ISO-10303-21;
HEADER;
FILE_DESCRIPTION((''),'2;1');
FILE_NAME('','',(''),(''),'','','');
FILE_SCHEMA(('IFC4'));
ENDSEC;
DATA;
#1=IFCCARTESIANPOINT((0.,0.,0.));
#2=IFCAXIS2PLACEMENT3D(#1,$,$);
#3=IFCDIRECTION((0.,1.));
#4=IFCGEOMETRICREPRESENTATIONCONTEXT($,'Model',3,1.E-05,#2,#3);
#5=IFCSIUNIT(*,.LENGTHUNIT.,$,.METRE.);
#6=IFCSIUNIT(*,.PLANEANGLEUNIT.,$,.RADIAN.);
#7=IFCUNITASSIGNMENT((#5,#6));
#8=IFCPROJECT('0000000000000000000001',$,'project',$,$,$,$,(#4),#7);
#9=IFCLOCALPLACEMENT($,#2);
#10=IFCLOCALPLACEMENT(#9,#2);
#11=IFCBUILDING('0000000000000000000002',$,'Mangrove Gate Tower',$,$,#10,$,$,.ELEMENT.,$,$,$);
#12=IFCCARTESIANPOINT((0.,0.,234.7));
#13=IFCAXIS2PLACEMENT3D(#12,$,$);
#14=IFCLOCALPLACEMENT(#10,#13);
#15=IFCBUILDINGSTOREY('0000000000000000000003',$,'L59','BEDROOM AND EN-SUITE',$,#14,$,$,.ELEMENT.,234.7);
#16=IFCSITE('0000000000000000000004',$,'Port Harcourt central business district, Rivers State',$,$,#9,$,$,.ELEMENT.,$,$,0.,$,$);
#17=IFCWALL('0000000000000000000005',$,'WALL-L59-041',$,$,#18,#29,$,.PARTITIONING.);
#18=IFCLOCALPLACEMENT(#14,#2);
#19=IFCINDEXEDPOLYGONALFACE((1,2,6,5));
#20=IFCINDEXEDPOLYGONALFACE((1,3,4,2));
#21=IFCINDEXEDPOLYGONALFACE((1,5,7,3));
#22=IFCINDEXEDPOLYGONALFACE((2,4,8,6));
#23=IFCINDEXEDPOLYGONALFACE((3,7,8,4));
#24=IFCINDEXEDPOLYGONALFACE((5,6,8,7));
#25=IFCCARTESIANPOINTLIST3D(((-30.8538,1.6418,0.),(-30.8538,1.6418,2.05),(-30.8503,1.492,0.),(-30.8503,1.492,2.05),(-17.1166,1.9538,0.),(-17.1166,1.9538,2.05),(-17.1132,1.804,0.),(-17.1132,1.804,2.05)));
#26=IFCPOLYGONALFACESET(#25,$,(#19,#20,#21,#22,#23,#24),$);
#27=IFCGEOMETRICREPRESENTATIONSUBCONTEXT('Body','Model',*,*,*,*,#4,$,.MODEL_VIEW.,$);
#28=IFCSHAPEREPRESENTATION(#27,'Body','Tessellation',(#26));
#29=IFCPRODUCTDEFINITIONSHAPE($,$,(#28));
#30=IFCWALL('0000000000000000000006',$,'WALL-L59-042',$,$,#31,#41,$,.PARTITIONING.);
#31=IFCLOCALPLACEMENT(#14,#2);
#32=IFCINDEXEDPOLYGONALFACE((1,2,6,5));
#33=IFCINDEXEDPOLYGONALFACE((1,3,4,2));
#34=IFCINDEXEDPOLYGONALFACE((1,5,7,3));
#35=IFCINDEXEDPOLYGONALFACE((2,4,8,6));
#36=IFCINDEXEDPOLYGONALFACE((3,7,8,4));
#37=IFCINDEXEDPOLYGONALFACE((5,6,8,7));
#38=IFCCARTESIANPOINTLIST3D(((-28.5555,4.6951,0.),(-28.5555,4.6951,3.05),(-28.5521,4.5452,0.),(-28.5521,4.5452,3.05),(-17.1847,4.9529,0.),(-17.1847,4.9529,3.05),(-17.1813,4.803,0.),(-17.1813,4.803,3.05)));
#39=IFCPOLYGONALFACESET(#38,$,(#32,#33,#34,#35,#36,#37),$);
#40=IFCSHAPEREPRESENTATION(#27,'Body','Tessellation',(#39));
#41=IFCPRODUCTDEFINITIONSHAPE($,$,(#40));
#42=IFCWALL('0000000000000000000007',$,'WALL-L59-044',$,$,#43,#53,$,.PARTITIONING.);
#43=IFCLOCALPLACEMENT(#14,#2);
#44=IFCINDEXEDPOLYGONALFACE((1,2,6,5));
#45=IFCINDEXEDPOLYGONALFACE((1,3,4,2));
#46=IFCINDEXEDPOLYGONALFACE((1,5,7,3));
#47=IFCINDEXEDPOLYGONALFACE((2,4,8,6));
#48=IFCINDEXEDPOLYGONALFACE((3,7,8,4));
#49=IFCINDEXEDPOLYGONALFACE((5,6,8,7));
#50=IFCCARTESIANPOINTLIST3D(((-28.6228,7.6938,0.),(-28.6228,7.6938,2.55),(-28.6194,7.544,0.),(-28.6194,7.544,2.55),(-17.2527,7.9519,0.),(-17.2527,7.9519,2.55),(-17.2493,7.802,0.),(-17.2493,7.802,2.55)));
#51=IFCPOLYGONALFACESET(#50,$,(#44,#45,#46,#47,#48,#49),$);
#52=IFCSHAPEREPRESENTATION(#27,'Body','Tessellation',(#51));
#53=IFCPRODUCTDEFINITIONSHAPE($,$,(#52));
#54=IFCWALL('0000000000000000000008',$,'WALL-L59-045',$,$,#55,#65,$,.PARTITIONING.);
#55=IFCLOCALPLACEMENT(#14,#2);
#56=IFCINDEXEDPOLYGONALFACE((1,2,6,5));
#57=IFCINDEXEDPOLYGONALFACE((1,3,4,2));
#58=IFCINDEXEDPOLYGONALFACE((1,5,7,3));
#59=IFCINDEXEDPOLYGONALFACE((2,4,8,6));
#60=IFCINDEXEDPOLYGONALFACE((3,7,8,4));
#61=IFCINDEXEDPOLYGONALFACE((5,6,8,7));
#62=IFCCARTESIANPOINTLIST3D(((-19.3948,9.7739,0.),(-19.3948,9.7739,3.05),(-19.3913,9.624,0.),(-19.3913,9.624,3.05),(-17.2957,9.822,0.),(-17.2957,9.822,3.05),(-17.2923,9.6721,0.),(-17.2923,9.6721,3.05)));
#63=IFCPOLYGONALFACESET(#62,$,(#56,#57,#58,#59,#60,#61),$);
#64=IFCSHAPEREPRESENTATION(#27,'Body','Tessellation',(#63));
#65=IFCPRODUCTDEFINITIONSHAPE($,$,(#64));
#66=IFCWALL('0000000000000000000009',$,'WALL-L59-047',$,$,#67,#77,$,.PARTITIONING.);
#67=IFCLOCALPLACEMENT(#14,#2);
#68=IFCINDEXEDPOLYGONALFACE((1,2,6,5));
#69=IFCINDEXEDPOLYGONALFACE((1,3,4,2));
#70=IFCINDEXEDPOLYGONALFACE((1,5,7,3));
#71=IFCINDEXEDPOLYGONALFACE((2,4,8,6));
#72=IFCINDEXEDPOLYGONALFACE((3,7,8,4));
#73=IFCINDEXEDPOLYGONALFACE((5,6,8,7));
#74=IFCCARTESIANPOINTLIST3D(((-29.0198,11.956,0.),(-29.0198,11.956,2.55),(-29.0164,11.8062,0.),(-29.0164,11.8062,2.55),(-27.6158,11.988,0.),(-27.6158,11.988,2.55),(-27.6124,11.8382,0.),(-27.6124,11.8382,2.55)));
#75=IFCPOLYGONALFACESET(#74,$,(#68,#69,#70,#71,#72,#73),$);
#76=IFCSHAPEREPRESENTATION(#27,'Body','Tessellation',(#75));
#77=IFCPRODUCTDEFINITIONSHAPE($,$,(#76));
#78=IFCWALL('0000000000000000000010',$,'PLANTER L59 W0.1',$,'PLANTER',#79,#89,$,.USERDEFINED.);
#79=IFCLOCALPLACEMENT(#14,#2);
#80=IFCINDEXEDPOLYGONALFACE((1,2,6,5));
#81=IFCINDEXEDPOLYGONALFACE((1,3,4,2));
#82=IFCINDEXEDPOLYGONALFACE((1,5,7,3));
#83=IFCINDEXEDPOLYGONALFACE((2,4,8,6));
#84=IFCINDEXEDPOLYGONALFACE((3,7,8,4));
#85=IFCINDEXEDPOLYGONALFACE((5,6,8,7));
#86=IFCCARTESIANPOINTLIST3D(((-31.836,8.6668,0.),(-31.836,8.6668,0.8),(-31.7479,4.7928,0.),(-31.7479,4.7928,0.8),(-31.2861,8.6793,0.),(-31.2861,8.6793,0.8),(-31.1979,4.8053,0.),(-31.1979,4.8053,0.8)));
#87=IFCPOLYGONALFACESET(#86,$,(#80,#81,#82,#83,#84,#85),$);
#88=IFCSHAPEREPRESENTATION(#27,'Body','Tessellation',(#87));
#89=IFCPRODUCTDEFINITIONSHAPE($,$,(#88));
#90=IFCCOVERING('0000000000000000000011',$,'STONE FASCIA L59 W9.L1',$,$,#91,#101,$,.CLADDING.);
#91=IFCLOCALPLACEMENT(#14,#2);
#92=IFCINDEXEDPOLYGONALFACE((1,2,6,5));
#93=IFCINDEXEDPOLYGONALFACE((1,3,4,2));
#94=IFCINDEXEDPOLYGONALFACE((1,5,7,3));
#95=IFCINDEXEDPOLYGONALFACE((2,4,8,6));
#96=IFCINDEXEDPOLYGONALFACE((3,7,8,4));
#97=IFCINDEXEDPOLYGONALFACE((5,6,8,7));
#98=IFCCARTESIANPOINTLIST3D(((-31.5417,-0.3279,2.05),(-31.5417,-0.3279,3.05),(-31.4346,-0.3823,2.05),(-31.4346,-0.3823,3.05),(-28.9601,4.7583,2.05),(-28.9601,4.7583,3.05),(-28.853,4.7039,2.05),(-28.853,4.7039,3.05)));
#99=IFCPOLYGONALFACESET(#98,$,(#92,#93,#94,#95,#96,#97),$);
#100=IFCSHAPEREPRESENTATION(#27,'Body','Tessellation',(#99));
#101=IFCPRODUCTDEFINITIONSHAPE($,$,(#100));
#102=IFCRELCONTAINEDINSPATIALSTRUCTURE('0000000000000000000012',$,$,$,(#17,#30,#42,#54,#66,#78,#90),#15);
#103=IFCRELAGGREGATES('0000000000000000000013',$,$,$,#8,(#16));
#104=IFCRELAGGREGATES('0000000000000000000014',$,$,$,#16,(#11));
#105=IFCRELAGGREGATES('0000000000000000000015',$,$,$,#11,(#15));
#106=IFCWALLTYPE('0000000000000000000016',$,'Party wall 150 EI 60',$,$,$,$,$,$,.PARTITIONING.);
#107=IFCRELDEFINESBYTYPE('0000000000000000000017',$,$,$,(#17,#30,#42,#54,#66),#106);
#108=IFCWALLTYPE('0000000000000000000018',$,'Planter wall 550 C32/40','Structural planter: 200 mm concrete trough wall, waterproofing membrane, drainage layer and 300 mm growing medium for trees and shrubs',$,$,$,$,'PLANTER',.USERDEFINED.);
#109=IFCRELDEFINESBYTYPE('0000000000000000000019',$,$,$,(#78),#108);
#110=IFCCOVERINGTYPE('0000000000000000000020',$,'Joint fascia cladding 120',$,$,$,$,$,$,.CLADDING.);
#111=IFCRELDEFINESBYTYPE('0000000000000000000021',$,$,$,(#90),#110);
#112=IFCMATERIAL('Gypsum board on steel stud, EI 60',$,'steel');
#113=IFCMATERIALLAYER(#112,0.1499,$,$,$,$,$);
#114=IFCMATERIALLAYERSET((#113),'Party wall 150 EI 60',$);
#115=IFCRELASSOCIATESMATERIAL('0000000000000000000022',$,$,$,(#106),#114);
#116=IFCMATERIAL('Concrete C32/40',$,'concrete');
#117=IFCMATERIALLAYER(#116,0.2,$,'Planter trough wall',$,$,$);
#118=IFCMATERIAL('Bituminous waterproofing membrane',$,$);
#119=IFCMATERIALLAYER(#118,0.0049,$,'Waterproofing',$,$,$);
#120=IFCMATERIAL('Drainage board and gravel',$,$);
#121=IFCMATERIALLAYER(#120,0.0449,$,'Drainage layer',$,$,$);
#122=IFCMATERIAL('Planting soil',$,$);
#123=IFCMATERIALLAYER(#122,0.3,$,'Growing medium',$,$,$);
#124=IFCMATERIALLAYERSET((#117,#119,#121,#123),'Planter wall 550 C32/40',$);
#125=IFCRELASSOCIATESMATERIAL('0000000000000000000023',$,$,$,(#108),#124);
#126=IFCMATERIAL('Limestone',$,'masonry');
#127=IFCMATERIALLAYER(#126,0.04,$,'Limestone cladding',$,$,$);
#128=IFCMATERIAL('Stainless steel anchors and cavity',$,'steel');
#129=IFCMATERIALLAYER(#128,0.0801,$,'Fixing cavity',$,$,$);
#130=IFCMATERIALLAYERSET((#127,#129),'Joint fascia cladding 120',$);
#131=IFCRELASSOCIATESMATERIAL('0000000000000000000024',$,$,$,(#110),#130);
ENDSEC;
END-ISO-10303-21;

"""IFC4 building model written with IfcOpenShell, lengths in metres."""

from ifc_helpers import new_model, si_unit, direction, frame, frame_2d, origin, place, context, subcontext, project, spatial, rectangle, extrude, material, layer, layer_set, type_object, element, save


model = new_model("IFC4")

# Units and contexts
model_context = context("Model", 3, precision=1e-05, world=origin(), true_north=direction((0.0, 1.0)))
body_context = subcontext(model_context, "Body", "Model", "MODEL_VIEW")
ifc_project = project(units=[si_unit("LENGTHUNIT", "METRE"), si_unit("PLANEANGLEUNIT", "RADIAN")], contexts=[model_context])

# Site, building, storey
site_placement = place(None, origin())
site = spatial("IfcSite", under=ifc_project, at=site_placement, Name="Port Harcourt central business district, Rivers State", CompositionType="ELEMENT", RefElevation=0.0)
building_placement = place(site_placement, origin())
building = spatial("IfcBuilding", under=site, at=building_placement, Name="Mangrove Gate Tower", CompositionType="ELEMENT")
storey_placement = place(building_placement, frame((0.0, 0.0, 234.7)))
storey = spatial("IfcBuildingStorey", under=building, at=storey_placement, Name="L59", Description="BEDROOM AND EN-SUITE", CompositionType="ELEMENT", Elevation=234.7)

# Shared definitions
ifc_material_1 = material(Name="Limestone", Category="masonry")

# Walls
ifc_material_2 = material(Name="Gypsum board on steel stud, EI 60", Category="steel")
ifc_layer_1 = layer(ifc_material_2, 0.1499)
ifc_layer_set_1 = layer_set([ifc_layer_1], Name="Party wall 150 EI 60")
wall_type_1 = type_object("IfcWallType", Name="Party wall 150 EI 60", PredefinedType="PARTITIONING", material=ifc_layer_set_1)
wall_1_placement = place(storey_placement, frame((-30.8521, 1.5669, 0.0), z_axis=(0.0, 0.0, 1.0), x_axis=(0.999742, 0.022707, 0.0)))
element("IfcWall", 1, at=wall_1_placement, inside=storey, type_object=wall_type_1, Name="WALL-L59-041", PredefinedType="PARTITIONING", context=body_context, shape_type="SweptSolid", body=[
    extrude(rectangle(XDim=13.7407, YDim=0.1499, at=frame_2d((6.8704, 0.0))), origin(), (0.0, 0.0, 1.0), 2.05),
])
wall_2_placement = place(storey_placement, frame((-28.554, 4.6201, 0.0), z_axis=(0.0, 0.0, 1.0), x_axis=(0.999743, 0.022667, 0.0)))
element("IfcWall", 2, at=wall_2_placement, inside=storey, type_object=wall_type_1, Name="WALL-L59-042", PredefinedType="PARTITIONING", context=body_context, shape_type="SweptSolid", body=[
    extrude(rectangle(XDim=11.3738, YDim=0.1499, at=frame_2d((5.687, 0.0))), origin(), (0.0, 0.0, 1.0), 3.05),
])
wall_3_placement = place(storey_placement, frame((-28.6211, 7.6189, 0.0), z_axis=(0.0, 0.0, 1.0), x_axis=(0.999743, 0.02269, 0.0)))
element("IfcWall", 3, at=wall_3_placement, inside=storey, type_object=wall_type_1, Name="WALL-L59-044", PredefinedType="PARTITIONING", context=body_context, shape_type="SweptSolid", body=[
    extrude(rectangle(XDim=11.373, YDim=0.1499, at=frame_2d((5.6865, 0.0))), origin(), (0.0, 0.0, 1.0), 2.55),
])
wall_4_placement = place(storey_placement, frame((-19.3931, 9.699, 0.0), z_axis=(0.0, 0.0, 1.0), x_axis=(0.999738, 0.022906, 0.0)))
element("IfcWall", 4, at=wall_4_placement, inside=storey, type_object=wall_type_1, Name="WALL-L59-045", PredefinedType="PARTITIONING", context=body_context, shape_type="SweptSolid", body=[
    extrude(rectangle(XDim=2.0996, YDim=0.1499, at=frame_2d((1.0498, 0.0))), origin(), (0.0, 0.0, 1.0), 3.05),
])
wall_5_placement = place(storey_placement, frame((-29.0181, 11.8811, 0.0), z_axis=(0.0, 0.0, 1.0), x_axis=(0.999741, 0.022773, 0.0)))
element("IfcWall", 5, at=wall_5_placement, inside=storey, type_object=wall_type_1, Name="WALL-L59-047", PredefinedType="PARTITIONING", context=body_context, shape_type="SweptSolid", body=[
    extrude(rectangle(XDim=1.4043, YDim=0.1499, at=frame_2d((0.7021, 0.0))), origin(), (0.0, 0.0, 1.0), 2.55),
])
ifc_material_3 = material(Name="Concrete C32/40", Category="concrete")
ifc_layer_2 = layer(ifc_material_3, 0.2, Name="Planter trough wall")
ifc_material_4 = material(Name="Bituminous waterproofing membrane")
ifc_layer_3 = layer(ifc_material_4, 0.0049, Name="Waterproofing")
ifc_material_5 = material(Name="Drainage board and gravel")
ifc_layer_4 = layer(ifc_material_5, 0.0449, Name="Drainage layer")
ifc_material_6 = material(Name="Planting soil")
ifc_layer_5 = layer(ifc_material_6, 0.3, Name="Growing medium")
ifc_layer_set_2 = layer_set([ifc_layer_2, ifc_layer_3, ifc_layer_4, ifc_layer_5], Name="Planter wall 550 C32/40")
wall_type_2 = type_object("IfcWallType", Name="Planter wall 550 C32/40", Description="Structural planter: 200 mm concrete trough wall, waterproofing membrane, drainage layer and 300 mm growing medium for trees and shrubs", ElementType="PLANTER", PredefinedType="USERDEFINED", material=ifc_layer_set_2)
wall_6_placement = place(storey_placement, frame((-31.4729, 4.7991, 0.0), z_axis=(0.0, 0.0, 1.0), x_axis=(-0.022744, 0.999741, 0.0)))
element("IfcWall", 6, at=wall_6_placement, inside=storey, type_object=wall_type_2, Name="PLANTER L59 W0.1", ObjectType="PLANTER", PredefinedType="USERDEFINED", context=body_context, shape_type="SweptSolid", body=[
    extrude(rectangle(XDim=3.875, YDim=0.55, at=frame_2d((1.9375, 0.0))), origin(), (0.0, 0.0, 1.0), 0.8),
])

# Covering
ifc_layer_6 = layer(ifc_material_1, 0.04, Name="Limestone cladding")
ifc_material_7 = material(Name="Stainless steel anchors and cavity", Category="steel")
ifc_layer_7 = layer(ifc_material_7, 0.0801, Name="Fixing cavity")
ifc_layer_set_3 = layer_set([ifc_layer_6, ifc_layer_7], Name="Joint fascia cladding 120")
covering_type = type_object("IfcCoveringType", Name="Joint fascia cladding 120", PredefinedType="CLADDING", material=ifc_layer_set_3)
covering_placement = place(storey_placement, frame((-28.9065, 4.7312, 2.05), z_axis=(0.0, 0.0, 1.0), x_axis=(-0.452599, -0.891714, 0.0)))
element("IfcCovering", 7, at=covering_placement, inside=storey, type_object=covering_type, Name="STONE FASCIA L59 W9.L1", PredefinedType="CLADDING", context=body_context, shape_type="SweptSolid", body=[
    extrude(rectangle(XDim=5.7039, YDim=0.1201, at=frame_2d((2.8521, 0.0))), origin(), (0.0, 0.0, 1.0), 1.0),
])

save(model, "model.ifc")
